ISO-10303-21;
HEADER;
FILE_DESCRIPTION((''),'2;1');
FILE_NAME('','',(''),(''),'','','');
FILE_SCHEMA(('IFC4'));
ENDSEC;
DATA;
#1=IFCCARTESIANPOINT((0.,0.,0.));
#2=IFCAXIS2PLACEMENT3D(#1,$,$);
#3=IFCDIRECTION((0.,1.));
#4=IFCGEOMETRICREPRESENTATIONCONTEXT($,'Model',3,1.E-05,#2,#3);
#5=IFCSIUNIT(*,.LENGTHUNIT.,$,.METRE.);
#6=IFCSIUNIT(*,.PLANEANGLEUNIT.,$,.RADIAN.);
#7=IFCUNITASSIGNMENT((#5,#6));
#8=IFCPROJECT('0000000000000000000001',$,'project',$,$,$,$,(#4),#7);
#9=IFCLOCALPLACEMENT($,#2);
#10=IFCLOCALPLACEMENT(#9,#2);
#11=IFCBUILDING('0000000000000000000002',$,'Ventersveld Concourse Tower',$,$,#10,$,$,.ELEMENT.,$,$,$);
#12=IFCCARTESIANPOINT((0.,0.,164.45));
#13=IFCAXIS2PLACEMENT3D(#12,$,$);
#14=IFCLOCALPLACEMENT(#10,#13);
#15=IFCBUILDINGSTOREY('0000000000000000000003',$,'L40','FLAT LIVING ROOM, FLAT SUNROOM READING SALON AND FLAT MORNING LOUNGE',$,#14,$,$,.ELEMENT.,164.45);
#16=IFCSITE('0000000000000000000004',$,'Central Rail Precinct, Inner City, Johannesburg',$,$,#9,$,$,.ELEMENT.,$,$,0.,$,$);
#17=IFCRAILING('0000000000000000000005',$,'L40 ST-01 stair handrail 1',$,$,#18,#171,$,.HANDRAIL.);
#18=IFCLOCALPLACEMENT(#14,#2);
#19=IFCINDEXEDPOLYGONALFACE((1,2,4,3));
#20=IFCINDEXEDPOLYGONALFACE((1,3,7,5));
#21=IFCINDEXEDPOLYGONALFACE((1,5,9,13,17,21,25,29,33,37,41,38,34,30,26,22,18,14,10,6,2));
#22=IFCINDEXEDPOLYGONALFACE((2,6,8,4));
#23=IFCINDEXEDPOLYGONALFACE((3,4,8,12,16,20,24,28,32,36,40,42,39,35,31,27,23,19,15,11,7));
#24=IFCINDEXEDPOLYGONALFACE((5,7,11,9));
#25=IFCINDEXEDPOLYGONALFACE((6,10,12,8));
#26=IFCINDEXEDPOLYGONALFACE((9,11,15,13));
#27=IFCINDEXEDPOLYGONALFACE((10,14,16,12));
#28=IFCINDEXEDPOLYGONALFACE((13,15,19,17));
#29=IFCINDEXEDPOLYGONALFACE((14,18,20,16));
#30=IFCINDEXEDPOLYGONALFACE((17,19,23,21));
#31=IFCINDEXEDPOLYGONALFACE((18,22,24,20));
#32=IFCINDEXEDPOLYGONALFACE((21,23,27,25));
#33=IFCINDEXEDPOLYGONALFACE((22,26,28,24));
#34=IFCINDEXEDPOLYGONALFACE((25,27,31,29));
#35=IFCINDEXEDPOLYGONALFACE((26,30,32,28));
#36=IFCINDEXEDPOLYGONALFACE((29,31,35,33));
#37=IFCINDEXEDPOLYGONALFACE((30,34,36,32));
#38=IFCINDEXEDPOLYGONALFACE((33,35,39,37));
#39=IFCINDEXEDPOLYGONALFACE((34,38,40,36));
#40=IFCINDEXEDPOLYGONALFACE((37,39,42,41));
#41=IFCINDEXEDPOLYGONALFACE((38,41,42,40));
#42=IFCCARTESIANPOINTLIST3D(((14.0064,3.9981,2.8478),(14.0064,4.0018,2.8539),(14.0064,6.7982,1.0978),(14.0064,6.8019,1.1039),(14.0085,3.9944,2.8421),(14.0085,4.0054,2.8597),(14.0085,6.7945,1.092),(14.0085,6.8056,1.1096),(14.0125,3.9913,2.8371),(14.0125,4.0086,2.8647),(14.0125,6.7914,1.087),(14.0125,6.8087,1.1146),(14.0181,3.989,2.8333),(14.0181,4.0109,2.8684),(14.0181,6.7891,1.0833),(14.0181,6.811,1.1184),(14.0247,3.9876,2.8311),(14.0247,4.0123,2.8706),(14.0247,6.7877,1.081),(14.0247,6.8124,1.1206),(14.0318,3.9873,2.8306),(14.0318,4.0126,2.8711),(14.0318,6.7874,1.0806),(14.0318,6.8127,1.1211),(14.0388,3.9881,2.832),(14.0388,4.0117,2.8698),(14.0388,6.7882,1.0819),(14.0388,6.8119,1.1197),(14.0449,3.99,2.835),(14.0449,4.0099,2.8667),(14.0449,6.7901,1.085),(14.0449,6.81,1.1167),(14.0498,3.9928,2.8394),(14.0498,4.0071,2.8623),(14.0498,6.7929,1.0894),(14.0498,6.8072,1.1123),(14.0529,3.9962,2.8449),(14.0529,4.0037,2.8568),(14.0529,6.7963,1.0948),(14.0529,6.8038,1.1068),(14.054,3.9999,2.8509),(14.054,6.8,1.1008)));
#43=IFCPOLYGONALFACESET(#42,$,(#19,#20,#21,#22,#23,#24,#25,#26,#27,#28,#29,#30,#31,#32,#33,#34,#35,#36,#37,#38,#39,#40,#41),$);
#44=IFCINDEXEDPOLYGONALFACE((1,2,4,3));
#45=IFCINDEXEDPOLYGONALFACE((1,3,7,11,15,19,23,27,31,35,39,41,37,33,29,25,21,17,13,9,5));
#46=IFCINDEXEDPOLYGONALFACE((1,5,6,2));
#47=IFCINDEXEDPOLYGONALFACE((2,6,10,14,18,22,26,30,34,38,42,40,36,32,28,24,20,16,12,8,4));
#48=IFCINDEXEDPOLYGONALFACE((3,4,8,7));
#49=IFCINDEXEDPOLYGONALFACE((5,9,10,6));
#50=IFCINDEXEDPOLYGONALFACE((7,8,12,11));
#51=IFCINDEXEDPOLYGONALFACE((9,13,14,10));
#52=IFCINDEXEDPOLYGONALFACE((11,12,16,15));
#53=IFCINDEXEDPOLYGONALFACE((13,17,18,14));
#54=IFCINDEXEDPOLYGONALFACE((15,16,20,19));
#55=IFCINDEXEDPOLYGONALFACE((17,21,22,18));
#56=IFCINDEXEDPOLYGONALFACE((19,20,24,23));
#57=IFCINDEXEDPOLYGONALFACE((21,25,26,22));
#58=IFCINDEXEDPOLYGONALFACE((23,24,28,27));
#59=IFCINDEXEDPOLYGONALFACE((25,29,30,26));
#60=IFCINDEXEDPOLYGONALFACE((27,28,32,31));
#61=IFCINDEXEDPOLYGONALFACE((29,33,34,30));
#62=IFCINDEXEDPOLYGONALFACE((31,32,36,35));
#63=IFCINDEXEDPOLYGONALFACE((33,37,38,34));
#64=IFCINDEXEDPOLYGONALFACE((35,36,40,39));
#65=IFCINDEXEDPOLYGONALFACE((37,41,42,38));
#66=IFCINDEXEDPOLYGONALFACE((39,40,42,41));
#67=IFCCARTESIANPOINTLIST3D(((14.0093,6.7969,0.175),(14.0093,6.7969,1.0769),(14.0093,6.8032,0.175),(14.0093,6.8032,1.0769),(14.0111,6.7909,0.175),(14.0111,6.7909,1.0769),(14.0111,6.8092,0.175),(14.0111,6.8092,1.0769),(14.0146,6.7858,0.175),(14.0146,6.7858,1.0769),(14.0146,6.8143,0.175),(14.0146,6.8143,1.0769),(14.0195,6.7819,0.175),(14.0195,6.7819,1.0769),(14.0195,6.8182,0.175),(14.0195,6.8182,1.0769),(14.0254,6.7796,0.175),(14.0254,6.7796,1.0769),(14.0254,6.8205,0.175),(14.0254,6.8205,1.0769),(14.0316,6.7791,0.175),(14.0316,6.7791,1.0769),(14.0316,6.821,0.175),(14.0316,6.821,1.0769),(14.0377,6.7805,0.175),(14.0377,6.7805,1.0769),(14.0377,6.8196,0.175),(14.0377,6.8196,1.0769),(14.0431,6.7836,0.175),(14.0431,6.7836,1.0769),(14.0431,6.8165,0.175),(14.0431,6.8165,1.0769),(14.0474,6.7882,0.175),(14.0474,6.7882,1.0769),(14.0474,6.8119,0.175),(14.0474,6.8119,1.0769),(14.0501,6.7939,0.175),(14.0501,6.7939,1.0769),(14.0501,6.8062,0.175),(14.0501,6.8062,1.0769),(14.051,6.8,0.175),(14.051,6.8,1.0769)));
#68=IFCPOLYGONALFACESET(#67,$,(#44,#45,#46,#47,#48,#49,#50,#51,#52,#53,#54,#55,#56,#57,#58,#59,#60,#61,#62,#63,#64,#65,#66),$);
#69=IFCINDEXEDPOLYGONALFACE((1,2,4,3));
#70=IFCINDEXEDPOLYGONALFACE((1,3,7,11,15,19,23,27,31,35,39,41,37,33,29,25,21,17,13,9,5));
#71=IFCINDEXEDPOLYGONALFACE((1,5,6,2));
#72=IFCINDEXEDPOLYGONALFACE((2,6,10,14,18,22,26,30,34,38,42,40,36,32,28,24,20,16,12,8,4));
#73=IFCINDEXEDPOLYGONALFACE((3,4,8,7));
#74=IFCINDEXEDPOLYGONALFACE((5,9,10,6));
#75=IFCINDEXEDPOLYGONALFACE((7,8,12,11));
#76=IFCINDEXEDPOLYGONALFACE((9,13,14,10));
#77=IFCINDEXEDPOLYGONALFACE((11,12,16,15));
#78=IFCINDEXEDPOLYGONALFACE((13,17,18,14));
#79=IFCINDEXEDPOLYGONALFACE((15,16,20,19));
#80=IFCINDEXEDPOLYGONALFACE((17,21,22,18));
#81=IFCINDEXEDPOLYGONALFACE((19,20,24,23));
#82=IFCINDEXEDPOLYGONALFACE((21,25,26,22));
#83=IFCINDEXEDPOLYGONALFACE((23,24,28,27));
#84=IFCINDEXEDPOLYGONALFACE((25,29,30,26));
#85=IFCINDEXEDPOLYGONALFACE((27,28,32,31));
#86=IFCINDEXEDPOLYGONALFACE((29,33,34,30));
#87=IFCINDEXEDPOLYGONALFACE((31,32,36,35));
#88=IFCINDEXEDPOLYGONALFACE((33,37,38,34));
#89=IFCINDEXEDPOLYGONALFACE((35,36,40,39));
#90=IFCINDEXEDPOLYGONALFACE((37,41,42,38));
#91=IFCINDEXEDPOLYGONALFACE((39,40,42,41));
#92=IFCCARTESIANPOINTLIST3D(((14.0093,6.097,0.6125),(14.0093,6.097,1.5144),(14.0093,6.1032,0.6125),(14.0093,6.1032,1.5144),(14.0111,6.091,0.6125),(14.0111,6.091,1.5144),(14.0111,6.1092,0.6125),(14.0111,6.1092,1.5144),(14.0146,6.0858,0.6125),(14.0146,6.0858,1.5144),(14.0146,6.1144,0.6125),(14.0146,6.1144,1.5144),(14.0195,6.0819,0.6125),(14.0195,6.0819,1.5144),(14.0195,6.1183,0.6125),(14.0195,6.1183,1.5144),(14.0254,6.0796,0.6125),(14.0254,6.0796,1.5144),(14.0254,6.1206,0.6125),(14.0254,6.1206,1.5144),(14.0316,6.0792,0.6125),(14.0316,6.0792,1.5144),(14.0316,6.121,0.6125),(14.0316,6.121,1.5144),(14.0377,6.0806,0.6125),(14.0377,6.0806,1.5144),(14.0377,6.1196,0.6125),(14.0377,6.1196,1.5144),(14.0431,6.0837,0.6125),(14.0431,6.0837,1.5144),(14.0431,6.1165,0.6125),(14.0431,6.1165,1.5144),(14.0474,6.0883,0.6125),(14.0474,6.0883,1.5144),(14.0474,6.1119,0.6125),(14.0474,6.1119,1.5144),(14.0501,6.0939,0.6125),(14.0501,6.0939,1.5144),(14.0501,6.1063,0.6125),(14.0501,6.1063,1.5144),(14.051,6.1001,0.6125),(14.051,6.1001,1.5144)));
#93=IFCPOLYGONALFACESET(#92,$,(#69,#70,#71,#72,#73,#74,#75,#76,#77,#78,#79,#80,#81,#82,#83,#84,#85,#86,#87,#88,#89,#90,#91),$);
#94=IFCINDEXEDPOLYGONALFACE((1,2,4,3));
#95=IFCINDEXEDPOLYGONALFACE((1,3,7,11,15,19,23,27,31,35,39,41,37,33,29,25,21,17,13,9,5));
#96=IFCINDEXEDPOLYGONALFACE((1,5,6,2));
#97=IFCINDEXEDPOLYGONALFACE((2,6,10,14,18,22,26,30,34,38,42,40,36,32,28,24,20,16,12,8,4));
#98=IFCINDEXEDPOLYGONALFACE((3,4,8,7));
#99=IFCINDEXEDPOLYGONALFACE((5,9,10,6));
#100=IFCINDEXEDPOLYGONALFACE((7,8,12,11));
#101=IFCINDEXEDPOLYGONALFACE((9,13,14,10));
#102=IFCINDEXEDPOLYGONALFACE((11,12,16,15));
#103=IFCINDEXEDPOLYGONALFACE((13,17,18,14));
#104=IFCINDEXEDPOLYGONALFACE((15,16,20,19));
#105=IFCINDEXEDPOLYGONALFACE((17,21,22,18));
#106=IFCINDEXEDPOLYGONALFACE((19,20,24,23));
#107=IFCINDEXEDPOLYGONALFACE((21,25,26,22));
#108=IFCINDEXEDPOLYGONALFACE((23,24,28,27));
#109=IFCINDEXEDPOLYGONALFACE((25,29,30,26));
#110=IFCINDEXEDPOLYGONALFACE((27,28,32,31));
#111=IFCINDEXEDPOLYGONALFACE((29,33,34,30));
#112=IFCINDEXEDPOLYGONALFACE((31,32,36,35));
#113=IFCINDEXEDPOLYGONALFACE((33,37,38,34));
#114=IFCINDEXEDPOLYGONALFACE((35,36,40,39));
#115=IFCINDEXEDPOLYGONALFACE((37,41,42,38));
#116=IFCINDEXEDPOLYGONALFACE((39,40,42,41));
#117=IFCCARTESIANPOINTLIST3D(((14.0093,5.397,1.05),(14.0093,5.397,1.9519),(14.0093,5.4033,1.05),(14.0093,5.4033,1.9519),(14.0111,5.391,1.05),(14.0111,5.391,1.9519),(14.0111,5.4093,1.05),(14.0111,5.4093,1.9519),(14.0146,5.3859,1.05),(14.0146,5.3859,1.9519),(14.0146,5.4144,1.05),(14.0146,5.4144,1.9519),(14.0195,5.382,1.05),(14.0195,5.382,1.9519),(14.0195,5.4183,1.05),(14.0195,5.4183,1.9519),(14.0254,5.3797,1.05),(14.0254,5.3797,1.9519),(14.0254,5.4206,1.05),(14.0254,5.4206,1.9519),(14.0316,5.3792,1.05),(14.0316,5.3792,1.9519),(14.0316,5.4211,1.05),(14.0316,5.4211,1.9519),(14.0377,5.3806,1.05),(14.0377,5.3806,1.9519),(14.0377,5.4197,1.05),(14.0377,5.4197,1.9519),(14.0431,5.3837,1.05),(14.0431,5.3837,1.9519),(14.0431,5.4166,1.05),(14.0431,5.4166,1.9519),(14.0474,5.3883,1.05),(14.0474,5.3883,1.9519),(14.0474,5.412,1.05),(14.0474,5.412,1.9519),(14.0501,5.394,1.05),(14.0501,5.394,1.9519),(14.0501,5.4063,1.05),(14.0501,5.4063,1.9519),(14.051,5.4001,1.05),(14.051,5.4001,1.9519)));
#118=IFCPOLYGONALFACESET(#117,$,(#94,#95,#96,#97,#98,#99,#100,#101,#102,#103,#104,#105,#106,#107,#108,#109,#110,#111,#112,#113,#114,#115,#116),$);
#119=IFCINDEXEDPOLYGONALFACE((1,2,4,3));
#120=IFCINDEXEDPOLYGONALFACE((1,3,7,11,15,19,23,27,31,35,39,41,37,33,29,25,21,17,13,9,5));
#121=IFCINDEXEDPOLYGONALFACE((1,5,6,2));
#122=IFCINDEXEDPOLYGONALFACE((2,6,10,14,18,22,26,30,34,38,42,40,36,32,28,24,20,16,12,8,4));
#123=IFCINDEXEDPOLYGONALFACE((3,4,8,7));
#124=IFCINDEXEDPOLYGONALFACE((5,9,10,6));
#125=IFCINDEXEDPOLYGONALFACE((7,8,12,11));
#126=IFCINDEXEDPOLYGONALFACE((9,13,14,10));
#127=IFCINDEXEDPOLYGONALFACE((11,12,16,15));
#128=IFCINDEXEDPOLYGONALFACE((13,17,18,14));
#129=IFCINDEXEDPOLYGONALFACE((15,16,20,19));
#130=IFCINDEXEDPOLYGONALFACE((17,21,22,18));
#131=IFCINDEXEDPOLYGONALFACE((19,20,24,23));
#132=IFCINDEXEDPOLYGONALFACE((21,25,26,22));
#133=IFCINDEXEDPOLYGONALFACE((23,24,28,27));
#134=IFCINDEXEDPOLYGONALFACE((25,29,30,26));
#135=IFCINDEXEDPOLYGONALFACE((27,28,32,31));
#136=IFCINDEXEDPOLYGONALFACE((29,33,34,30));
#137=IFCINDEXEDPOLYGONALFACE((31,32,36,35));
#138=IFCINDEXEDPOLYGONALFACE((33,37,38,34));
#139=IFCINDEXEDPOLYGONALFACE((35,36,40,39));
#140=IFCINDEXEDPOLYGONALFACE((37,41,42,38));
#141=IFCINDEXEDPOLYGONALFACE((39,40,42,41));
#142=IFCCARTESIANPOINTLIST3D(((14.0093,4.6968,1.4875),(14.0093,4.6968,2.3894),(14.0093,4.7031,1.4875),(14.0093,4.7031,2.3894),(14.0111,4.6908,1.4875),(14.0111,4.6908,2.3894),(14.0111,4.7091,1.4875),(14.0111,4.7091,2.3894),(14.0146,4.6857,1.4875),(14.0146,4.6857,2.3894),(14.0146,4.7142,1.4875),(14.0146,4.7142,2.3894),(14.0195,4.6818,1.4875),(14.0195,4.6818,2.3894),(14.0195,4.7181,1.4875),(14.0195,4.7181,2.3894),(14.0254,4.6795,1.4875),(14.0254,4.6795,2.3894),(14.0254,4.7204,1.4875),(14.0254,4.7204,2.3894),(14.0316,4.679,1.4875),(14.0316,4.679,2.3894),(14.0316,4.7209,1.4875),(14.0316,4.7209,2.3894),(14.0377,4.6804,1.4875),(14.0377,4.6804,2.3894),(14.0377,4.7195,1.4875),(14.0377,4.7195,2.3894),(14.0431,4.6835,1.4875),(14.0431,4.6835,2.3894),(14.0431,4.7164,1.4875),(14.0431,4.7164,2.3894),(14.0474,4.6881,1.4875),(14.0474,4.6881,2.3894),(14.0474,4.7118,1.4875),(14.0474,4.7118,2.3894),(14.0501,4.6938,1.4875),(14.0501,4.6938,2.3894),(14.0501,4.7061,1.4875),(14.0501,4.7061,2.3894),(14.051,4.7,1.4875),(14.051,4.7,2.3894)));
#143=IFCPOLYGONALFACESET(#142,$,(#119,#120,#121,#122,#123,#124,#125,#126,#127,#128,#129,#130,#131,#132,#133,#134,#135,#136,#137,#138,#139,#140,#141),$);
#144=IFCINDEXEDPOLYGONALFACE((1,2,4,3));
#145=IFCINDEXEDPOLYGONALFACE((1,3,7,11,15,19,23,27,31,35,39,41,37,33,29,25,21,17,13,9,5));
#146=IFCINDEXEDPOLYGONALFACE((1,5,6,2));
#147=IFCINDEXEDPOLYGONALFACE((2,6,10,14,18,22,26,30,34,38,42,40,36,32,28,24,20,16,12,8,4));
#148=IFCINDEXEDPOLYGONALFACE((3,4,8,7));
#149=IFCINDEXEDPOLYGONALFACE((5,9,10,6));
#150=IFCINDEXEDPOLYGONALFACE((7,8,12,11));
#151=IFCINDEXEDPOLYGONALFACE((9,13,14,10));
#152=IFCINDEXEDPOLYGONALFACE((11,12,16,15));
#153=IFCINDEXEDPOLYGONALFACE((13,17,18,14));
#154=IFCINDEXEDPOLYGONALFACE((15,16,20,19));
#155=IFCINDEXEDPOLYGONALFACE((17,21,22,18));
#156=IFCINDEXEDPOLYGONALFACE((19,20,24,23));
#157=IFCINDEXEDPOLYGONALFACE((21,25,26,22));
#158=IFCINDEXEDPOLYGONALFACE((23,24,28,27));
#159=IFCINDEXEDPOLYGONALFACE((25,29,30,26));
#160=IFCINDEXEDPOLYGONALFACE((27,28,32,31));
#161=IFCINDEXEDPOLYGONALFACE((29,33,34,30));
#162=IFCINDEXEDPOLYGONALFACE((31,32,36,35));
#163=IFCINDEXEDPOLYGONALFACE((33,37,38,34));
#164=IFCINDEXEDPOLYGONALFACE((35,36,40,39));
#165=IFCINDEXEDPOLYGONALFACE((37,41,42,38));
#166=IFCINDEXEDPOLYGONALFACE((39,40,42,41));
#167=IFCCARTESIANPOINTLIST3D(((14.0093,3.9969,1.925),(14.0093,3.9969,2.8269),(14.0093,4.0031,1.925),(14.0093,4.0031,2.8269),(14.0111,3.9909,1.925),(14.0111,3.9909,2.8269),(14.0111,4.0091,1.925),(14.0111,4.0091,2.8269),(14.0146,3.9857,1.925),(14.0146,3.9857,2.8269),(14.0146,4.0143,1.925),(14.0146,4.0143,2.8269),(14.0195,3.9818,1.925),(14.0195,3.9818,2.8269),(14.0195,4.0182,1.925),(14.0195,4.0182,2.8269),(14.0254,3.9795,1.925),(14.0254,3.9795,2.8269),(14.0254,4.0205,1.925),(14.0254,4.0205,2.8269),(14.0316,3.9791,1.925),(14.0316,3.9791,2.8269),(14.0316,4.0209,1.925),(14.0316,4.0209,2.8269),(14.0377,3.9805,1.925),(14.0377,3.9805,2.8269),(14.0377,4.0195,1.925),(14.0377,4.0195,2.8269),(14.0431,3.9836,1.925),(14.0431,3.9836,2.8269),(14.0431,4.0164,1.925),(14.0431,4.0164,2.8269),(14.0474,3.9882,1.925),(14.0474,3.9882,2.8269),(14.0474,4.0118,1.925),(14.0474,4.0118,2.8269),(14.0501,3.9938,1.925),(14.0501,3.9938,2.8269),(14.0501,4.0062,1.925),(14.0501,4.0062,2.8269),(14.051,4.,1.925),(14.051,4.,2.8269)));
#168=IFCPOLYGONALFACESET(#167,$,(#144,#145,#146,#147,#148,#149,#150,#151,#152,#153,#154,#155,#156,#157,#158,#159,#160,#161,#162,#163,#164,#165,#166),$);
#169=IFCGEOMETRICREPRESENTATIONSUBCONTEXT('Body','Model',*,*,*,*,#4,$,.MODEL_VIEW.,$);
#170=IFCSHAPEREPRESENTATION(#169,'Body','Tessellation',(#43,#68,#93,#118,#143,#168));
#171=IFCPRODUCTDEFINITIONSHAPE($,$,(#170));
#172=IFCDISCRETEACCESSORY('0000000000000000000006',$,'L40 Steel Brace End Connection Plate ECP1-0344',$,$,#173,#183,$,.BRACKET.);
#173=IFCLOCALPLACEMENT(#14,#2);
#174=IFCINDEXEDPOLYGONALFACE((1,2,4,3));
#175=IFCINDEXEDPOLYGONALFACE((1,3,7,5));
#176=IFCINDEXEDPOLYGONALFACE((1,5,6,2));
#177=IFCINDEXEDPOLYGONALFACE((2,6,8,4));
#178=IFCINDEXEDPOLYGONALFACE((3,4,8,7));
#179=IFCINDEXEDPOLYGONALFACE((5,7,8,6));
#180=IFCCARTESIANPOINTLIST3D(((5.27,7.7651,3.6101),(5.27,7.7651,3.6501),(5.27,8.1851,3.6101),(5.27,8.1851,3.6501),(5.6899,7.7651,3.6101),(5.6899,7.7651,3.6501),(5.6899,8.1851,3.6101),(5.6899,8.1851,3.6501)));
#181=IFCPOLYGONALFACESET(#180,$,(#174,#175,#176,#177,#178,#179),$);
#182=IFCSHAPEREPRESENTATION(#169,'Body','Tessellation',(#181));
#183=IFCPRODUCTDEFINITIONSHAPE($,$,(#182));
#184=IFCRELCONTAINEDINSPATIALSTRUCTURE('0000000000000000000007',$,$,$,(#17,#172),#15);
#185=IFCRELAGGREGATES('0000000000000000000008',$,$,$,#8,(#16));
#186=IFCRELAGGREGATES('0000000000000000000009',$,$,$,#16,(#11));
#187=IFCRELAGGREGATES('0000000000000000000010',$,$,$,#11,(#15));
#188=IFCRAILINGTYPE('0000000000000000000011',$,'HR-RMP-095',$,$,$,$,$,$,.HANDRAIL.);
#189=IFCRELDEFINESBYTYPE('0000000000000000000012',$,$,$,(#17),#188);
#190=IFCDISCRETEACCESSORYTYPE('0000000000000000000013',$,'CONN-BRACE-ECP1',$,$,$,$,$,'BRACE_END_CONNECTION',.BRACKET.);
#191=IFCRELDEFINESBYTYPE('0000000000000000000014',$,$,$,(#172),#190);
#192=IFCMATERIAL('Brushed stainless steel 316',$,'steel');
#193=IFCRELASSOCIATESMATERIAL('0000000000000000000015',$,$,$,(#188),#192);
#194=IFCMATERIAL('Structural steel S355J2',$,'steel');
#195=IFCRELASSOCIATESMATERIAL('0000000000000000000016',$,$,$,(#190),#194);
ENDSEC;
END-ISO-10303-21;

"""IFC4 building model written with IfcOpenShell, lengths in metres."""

from ifc_helpers import new_model, si_unit, direction, frame, origin, origin_2d, place, context, subcontext, project, spatial, rectangle, circle, extrude, material, type_object, element, save


model = new_model("IFC4")

# Units and contexts
model_context = context("Model", 3, precision=1e-05, world=origin(), true_north=direction((0.0, 1.0)))
body_context = subcontext(model_context, "Body", "Model", "MODEL_VIEW")
ifc_project = project(units=[si_unit("LENGTHUNIT", "METRE"), si_unit("PLANEANGLEUNIT", "RADIAN")], contexts=[model_context])

# Site, building, storey
site_placement = place(None, origin())
site = spatial("IfcSite", under=ifc_project, at=site_placement, Name="Central Rail Precinct, Inner City, Johannesburg", CompositionType="ELEMENT", RefElevation=0.0)
building_placement = place(site_placement, origin())
building = spatial("IfcBuilding", under=site, at=building_placement, Name="Ventersveld Concourse Tower", CompositionType="ELEMENT")
storey_placement = place(building_placement, frame((0.0, 0.0, 164.45)))
storey = spatial("IfcBuildingStorey", under=building, at=storey_placement, Name="L40", Description="FLAT LIVING ROOM, FLAT SUNROOM READING SALON AND FLAT MORNING LOUNGE", CompositionType="ELEMENT", Elevation=164.45)

# Shared definitions
ifc_material_1 = material(Name="Structural steel S355J2", Category="steel")

# Railing
ifc_material_2 = material(Name="Brushed stainless steel 316", Category="steel")
railing_type_1 = type_object("IfcRailingType", Name="HR-RMP-095", PredefinedType="HANDRAIL", material=ifc_material_2)
railing_1_placement = place(storey_placement, frame((14.03, 6.8, 0.175)))
element("IfcRailing", 1, at=railing_1_placement, inside=storey, type_object=railing_type_1, Name="L40 ST-01 stair handrail 1", PredefinedType="HANDRAIL", context=body_context, shape_type="SweptSolid", body=[
    extrude(circle(Radius=0.0239, at=origin_2d()), frame((0.0, 0.0, 0.9258), z_axis=(0.0, -0.848002, 0.529992), x_axis=(1.0, 0.0, 0.0)), (0.0, 0.0, 1.0), 3.302),
    extrude(circle(Radius=0.021, at=origin_2d()), origin(), (0.0, 0.0, 1.0), 0.9019),
    extrude(circle(Radius=0.021, at=origin_2d()), frame((0.0, -0.7, 0.4375)), (0.0, 0.0, 1.0), 0.9019),
    extrude(circle(Radius=0.021, at=origin_2d()), frame((0.0, -1.3999, 0.875)), (0.0, 0.0, 1.0), 0.9019),
    extrude(circle(Radius=0.021, at=origin_2d()), frame((0.0, -2.1001, 1.3125)), (0.0, 0.0, 1.0), 0.9019),
    extrude(circle(Radius=0.021, at=origin_2d()), frame((0.0, -2.8, 1.75)), (0.0, 0.0, 1.0), 0.9019),
])

# Discrete accessory
discrete_accessory_type = type_object("IfcDiscreteAccessoryType", Name="CONN-BRACE-ECP1", ElementType="BRACE_END_CONNECTION", PredefinedType="BRACKET", material=ifc_material_1)
discrete_accessory_placement = place(storey_placement, frame((5.48, 7.9751, 3.6101), z_axis=(0.0, 0.0, 1.0), x_axis=(1.0, 0.0, 0.0)))
element("IfcDiscreteAccessory", 2, at=discrete_accessory_placement, inside=storey, type_object=discrete_accessory_type, Name="L40 Steel Brace End Connection Plate ECP1-0344", PredefinedType="BRACKET", context=body_context, shape_type="SweptSolid", body=[
    extrude(rectangle(XDim=0.4199, YDim=0.4199, at=origin_2d()), origin(), (0.0, 0.0, 1.0), 0.04),
])

save(model, "model.ifc")
